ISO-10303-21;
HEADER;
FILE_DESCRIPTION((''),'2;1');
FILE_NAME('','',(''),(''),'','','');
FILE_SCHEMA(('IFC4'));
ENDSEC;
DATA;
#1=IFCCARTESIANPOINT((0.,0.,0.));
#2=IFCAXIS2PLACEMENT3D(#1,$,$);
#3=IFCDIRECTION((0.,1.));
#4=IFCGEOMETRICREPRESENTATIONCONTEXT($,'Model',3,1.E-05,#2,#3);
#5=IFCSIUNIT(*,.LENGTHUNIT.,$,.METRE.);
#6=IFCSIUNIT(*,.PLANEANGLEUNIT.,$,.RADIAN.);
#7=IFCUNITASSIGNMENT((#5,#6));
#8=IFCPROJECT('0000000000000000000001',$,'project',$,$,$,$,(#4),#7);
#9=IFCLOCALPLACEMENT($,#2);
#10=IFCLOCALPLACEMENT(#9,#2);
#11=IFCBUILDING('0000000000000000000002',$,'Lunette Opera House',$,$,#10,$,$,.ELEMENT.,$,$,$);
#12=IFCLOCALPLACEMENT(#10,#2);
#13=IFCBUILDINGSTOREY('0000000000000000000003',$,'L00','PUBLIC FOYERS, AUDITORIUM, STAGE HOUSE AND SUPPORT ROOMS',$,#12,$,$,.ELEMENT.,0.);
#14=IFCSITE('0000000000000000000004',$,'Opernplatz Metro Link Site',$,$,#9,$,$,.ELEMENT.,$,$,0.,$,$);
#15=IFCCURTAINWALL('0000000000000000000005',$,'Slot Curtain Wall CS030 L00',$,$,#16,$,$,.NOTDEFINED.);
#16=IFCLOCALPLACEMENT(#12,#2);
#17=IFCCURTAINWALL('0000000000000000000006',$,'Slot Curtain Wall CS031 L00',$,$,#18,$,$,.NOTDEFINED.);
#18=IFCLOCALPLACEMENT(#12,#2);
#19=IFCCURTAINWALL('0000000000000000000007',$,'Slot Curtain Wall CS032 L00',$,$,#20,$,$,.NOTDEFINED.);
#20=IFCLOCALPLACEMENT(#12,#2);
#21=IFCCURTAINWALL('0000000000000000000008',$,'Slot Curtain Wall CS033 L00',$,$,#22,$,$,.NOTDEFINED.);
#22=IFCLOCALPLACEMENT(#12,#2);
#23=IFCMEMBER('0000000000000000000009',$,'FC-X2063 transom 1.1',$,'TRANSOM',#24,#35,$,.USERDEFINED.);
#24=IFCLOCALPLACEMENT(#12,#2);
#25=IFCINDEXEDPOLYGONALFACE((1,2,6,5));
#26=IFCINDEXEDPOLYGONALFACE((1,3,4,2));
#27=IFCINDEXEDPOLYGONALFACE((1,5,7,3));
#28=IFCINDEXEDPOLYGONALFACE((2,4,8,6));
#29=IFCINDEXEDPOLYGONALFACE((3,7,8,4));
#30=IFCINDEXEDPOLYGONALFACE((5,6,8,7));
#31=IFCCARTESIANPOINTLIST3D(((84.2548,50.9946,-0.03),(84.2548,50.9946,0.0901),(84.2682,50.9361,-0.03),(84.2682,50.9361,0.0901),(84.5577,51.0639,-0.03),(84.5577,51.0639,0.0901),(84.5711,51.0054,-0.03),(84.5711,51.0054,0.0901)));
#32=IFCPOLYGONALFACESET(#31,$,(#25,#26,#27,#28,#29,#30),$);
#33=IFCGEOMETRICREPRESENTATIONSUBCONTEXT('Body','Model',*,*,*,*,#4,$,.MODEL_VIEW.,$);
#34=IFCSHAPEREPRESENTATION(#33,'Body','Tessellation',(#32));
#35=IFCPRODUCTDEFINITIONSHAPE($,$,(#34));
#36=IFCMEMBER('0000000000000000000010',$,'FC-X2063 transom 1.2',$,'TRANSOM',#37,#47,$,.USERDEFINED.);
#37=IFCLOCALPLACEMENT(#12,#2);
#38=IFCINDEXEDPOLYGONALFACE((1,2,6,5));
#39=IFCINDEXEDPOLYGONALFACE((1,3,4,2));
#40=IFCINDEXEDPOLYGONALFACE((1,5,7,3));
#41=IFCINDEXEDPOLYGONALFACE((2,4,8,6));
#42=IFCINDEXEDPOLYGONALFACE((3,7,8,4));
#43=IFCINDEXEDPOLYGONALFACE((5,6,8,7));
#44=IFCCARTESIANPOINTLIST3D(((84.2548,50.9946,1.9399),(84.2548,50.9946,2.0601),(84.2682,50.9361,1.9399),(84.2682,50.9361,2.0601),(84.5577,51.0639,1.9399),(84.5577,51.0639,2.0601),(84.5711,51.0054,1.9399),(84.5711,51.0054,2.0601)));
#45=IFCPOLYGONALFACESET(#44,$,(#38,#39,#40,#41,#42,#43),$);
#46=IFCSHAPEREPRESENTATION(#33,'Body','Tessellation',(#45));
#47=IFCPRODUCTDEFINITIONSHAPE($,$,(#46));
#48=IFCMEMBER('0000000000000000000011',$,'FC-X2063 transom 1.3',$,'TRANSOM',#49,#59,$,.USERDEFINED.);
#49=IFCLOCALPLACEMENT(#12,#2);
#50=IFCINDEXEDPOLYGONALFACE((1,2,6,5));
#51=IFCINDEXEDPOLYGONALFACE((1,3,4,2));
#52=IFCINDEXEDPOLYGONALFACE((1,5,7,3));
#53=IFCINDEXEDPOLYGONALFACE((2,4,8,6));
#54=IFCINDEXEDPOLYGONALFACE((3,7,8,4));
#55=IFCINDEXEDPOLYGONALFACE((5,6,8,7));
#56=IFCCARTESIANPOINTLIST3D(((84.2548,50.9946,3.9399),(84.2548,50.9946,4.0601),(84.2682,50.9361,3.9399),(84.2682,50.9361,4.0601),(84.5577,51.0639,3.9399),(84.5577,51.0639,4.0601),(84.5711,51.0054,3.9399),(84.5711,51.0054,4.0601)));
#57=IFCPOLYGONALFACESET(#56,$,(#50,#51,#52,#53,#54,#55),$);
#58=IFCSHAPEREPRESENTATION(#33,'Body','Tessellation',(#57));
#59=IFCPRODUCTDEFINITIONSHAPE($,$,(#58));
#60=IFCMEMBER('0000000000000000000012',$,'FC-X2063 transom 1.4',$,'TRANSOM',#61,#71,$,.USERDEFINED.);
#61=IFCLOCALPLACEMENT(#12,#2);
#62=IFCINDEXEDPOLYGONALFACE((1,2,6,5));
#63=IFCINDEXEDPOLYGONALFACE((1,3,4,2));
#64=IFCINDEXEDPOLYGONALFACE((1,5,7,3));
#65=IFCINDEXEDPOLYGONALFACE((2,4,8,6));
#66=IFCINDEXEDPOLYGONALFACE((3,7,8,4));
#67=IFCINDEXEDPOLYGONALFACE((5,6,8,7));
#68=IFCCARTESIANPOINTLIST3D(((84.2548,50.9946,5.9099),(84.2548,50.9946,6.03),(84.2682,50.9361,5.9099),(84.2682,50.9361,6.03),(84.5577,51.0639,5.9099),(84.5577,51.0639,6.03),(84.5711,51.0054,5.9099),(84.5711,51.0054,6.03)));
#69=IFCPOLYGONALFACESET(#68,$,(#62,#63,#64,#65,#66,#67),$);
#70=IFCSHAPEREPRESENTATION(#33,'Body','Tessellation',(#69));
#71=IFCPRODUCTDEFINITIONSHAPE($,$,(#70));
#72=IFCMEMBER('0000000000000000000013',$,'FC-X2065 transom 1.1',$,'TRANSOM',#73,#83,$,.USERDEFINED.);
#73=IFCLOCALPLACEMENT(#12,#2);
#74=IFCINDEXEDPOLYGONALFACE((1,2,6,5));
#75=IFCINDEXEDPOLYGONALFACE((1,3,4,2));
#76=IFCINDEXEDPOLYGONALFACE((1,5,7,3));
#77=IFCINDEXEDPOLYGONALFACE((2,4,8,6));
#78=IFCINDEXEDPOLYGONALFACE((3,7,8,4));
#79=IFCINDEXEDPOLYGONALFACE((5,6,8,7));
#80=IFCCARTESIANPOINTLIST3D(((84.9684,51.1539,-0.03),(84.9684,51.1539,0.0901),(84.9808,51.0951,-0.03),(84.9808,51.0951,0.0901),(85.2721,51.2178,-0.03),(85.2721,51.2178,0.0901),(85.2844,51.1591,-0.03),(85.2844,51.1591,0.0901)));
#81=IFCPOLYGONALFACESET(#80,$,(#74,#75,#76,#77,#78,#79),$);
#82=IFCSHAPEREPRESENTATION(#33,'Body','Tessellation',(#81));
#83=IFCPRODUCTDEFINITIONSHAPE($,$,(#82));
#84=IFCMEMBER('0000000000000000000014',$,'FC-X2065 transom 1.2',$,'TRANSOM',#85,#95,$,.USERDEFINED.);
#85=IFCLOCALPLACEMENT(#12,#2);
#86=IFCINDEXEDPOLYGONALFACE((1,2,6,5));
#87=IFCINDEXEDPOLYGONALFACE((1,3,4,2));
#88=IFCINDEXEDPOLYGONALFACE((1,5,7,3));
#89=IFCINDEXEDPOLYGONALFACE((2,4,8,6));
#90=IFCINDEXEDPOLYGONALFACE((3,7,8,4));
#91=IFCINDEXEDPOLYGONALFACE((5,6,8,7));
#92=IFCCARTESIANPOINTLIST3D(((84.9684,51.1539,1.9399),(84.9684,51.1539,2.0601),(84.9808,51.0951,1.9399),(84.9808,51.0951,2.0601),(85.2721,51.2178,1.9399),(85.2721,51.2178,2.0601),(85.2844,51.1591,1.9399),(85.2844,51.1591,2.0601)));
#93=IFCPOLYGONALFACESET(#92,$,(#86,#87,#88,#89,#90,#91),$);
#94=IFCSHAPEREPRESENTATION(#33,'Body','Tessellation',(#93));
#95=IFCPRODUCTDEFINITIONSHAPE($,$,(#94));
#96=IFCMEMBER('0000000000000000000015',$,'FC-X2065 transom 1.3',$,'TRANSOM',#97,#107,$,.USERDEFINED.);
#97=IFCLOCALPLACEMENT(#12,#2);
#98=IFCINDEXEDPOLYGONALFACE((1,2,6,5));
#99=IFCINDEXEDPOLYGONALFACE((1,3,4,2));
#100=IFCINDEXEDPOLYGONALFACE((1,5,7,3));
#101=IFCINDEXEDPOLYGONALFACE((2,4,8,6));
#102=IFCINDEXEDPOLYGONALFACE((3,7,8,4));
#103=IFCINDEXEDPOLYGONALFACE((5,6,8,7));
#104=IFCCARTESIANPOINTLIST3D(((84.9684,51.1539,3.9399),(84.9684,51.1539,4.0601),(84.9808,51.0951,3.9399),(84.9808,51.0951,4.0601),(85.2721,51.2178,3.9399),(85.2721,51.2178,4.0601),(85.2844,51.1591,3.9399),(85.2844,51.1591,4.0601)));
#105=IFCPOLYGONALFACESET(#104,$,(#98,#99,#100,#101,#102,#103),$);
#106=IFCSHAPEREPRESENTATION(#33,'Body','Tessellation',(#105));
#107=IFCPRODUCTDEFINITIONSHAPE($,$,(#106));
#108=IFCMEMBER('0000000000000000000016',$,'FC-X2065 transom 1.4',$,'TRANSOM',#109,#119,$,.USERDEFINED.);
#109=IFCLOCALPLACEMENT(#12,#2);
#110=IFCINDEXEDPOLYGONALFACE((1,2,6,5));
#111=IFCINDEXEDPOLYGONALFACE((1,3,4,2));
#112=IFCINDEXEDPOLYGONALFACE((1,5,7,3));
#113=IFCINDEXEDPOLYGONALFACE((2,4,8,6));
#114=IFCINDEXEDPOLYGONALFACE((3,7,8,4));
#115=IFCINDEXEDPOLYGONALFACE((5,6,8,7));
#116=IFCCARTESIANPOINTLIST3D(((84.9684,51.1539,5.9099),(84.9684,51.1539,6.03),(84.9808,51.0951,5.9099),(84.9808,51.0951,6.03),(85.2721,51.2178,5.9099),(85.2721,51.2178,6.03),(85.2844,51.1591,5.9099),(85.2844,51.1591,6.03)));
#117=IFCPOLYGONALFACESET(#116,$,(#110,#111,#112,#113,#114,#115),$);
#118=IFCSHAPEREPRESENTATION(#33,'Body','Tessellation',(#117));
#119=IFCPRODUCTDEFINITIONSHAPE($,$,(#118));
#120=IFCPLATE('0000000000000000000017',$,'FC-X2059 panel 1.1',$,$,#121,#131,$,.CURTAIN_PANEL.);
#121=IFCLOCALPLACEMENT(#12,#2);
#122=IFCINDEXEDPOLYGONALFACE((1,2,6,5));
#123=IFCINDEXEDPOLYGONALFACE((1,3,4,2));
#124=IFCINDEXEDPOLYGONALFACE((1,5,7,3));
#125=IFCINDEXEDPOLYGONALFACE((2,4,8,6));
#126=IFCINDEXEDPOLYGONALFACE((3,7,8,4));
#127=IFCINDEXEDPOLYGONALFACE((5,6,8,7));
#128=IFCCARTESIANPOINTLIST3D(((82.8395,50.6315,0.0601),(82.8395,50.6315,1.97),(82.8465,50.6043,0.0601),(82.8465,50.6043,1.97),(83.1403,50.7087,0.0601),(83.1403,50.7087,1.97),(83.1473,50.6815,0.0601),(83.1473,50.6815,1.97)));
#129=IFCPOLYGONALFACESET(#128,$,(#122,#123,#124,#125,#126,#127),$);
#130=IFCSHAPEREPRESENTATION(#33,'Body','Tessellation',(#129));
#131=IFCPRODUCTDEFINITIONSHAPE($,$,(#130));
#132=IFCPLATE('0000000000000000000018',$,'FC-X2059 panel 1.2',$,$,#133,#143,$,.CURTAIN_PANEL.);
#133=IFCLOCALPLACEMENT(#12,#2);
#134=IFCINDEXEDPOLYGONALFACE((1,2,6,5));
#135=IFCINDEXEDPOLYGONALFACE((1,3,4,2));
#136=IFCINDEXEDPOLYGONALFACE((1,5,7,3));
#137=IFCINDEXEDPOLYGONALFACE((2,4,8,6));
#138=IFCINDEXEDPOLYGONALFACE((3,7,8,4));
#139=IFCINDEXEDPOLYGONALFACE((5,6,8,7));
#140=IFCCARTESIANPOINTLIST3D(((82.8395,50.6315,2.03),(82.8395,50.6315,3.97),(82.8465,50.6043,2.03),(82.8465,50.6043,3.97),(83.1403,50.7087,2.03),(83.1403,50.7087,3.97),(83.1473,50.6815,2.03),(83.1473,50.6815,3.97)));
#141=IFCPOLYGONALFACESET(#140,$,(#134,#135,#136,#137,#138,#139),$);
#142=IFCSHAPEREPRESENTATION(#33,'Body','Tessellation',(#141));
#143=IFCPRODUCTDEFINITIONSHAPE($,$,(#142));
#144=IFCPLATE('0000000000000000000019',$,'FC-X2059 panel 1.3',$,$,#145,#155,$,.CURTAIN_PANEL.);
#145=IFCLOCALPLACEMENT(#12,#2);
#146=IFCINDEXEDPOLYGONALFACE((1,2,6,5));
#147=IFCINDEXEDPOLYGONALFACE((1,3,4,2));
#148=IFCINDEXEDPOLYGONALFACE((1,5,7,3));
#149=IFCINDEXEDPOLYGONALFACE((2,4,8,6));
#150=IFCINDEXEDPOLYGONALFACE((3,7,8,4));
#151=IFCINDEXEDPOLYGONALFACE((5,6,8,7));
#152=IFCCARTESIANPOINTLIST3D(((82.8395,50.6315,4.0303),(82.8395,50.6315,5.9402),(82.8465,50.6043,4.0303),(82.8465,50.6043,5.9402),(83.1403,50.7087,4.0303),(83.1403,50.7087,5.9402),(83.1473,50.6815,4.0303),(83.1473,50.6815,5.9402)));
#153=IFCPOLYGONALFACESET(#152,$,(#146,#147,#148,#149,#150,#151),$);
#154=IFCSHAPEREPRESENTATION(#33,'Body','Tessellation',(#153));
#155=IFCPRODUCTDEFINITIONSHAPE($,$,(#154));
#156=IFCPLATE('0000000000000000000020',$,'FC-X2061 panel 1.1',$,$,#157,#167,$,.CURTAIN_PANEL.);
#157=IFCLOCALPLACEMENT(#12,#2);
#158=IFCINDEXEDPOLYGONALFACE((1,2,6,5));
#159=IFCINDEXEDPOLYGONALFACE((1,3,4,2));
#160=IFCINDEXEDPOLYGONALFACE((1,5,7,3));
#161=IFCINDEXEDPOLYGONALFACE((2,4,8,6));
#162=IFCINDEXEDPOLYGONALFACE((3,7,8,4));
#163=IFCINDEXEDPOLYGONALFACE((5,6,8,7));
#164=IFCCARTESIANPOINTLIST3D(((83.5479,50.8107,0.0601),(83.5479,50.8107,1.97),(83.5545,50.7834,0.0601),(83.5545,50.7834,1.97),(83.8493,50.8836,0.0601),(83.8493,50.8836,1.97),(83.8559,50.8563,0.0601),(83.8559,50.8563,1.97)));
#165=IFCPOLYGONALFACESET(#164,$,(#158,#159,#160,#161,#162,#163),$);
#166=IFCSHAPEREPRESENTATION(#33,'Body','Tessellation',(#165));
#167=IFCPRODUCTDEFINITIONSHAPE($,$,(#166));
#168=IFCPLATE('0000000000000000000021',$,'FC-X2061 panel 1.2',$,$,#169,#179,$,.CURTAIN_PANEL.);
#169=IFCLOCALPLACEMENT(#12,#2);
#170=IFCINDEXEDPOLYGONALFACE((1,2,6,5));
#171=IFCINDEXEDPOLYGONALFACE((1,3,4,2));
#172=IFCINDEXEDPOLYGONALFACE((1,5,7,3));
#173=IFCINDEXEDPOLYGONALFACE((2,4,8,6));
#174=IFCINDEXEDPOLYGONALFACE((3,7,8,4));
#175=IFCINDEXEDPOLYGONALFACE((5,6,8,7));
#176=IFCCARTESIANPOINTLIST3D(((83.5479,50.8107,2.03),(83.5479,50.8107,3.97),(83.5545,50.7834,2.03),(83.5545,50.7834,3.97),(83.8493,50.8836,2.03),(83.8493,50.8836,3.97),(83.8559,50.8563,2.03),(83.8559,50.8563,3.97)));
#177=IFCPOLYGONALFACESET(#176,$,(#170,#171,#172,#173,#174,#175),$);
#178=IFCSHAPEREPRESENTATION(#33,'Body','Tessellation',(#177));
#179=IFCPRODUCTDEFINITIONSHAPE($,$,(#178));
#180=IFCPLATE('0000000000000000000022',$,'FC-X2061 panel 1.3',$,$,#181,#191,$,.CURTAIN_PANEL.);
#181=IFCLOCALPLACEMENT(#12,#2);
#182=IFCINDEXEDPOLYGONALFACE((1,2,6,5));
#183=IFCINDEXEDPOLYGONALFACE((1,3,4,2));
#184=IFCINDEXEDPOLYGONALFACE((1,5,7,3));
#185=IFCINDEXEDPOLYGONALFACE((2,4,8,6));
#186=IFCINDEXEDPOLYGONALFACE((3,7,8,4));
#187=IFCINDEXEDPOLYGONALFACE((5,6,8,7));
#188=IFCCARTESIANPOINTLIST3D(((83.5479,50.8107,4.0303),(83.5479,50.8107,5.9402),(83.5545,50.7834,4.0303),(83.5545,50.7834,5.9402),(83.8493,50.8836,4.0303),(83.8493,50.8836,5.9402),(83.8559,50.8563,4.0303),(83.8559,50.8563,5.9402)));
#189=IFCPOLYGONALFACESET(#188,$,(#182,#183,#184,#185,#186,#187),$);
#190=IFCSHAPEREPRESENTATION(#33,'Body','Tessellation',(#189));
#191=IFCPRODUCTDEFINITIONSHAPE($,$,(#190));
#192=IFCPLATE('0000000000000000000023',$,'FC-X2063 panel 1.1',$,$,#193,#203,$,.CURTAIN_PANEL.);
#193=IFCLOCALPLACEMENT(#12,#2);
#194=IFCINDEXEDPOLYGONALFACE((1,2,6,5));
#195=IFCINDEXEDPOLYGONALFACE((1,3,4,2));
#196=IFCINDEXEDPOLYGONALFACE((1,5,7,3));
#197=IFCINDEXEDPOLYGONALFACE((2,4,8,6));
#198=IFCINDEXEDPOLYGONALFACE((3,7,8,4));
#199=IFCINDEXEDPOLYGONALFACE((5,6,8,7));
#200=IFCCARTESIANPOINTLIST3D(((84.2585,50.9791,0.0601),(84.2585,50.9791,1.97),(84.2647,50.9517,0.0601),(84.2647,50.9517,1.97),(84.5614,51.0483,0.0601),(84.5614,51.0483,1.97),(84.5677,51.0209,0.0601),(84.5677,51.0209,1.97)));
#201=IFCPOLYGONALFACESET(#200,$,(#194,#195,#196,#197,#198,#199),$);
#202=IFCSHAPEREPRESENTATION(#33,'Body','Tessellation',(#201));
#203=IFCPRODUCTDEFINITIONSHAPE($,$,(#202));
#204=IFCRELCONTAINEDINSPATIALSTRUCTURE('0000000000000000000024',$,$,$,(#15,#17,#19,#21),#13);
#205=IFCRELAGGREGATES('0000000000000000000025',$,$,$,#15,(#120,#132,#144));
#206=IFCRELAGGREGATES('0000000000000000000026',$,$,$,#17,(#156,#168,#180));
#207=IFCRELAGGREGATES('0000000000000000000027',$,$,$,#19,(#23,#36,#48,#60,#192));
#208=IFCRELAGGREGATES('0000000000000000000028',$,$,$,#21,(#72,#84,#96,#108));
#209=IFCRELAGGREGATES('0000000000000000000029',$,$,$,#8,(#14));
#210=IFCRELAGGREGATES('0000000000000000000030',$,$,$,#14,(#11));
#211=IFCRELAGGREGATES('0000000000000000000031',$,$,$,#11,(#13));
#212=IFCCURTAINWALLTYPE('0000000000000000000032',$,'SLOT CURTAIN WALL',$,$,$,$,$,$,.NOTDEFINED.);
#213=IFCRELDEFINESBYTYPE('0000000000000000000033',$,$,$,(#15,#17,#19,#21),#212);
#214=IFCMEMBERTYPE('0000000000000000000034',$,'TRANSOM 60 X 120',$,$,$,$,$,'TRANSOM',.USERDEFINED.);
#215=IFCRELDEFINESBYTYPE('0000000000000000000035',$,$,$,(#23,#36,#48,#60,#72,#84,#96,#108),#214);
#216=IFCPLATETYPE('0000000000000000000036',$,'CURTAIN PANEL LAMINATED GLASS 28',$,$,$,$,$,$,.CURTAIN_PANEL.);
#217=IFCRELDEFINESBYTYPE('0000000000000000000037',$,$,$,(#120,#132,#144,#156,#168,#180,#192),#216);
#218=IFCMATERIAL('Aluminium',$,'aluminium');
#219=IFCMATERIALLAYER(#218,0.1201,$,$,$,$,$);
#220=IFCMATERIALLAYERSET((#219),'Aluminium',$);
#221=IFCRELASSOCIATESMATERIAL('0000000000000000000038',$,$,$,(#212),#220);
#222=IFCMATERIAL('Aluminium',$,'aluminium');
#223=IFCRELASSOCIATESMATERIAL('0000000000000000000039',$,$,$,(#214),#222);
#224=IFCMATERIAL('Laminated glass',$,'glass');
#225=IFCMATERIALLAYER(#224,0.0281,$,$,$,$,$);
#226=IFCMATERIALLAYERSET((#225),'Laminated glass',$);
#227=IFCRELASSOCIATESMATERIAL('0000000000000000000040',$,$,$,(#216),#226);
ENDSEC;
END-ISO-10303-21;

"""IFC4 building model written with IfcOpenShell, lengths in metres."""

from ifc_helpers import new_model, si_unit, direction, frame, origin, origin_2d, place, context, subcontext, project, spatial, rectangle, extrude, material, layer, layer_set, material_profile, profile_set, type_object, element, aggregate, save


model = new_model("IFC4")

# Units and contexts
model_context = context("Model", 3, precision=1e-05, world=origin(), true_north=direction((0.0, 1.0)))
body_context = subcontext(model_context, "Body", "Model", "MODEL_VIEW")
ifc_project = project(units=[si_unit("LENGTHUNIT", "METRE"), si_unit("PLANEANGLEUNIT", "RADIAN")], contexts=[model_context])

# Site, building, storey
site_placement = place(None, origin())
site = spatial("IfcSite", under=ifc_project, at=site_placement, Name="Opernplatz Metro Link Site", CompositionType="ELEMENT", RefElevation=0.0)
building_placement = place(site_placement, origin())
building = spatial("IfcBuilding", under=site, at=building_placement, Name="Lunette Opera House", CompositionType="ELEMENT")
storey_placement = place(building_placement, origin())
storey = spatial("IfcBuildingStorey", under=building, at=storey_placement, Name="L00", Description="PUBLIC FOYERS, AUDITORIUM, STAGE HOUSE AND SUPPORT ROOMS", CompositionType="ELEMENT", Elevation=0.0)

# Curtain wall
ifc_material_1 = material(Name="Aluminium", Category="aluminium")
ifc_layer_1 = layer(ifc_material_1, 0.1201)
ifc_layer_set_1 = layer_set([ifc_layer_1], Name="Aluminium")
curtain_wall_type = type_object("IfcCurtainWallType", Name="SLOT CURTAIN WALL", PredefinedType="NOTDEFINED", material=ifc_layer_set_1)
curtain_wall_1_placement = place(storey_placement, origin())
curtain_wall_1 = element("IfcCurtainWall", 1, at=curtain_wall_1_placement, inside=storey, type_object=curtain_wall_type, Name="Slot Curtain Wall CS030 L00", PredefinedType="NOTDEFINED")

# Curtain walls
curtain_wall_2_placement = place(storey_placement, origin())
curtain_wall_2 = element("IfcCurtainWall", 2, at=curtain_wall_2_placement, inside=storey, type_object=curtain_wall_type, Name="Slot Curtain Wall CS031 L00", PredefinedType="NOTDEFINED")
curtain_wall_3_placement = place(storey_placement, origin())
curtain_wall_3 = element("IfcCurtainWall", 3, at=curtain_wall_3_placement, inside=storey, type_object=curtain_wall_type, Name="Slot Curtain Wall CS032 L00", PredefinedType="NOTDEFINED")

# Curtain wall
curtain_wall_4_placement = place(storey_placement, origin())
curtain_wall_4 = element("IfcCurtainWall", 4, at=curtain_wall_4_placement, inside=storey, type_object=curtain_wall_type, Name="Slot Curtain Wall CS033 L00", PredefinedType="NOTDEFINED")

# Members
ifc_material_2 = material(Name="Aluminium", Category="aluminium")
ifc_material_profile_1 = material_profile(ifc_material_2, rectangle(XDim=0.0601, YDim=0.1201, at=origin_2d()), Name="TRANSOM 60 X 120")
ifc_profile_set_1 = profile_set([ifc_material_profile_1], Name="Aluminium")
member_type_1 = type_object("IfcMemberType", Name="TRANSOM 60 X 120", ElementType="TRANSOM", PredefinedType="USERDEFINED", material=ifc_profile_set_1)
member_1_placement = place(storey_placement, frame((84.2615, 50.9653, 0.03), z_axis=(0.9748, 0.223081, 0.0), x_axis=(-0.223081, 0.9748, 0.0)))
member_1 = element("IfcMember", 5, at=member_1_placement, type_object=member_type_1, Name="FC-X2063 transom 1.1", ObjectType="TRANSOM", PredefinedType="USERDEFINED", context=body_context, shape_type="SweptSolid", body=[
    extrude(rectangle(XDim=0.0601, YDim=0.1201, at=origin_2d()), origin(), (0.0, 0.0, 1.0), 0.3108),
])
member_2_placement = place(storey_placement, frame((84.2615, 50.9653, 2.0), z_axis=(0.9748, 0.223081, 0.0), x_axis=(-0.223081, 0.9748, 0.0)))
member_2 = element("IfcMember", 6, at=member_2_placement, type_object=member_type_1, Name="FC-X2063 transom 1.2", ObjectType="TRANSOM", PredefinedType="USERDEFINED", context=body_context, shape_type="SweptSolid", body=[
    extrude(rectangle(XDim=0.0601, YDim=0.1201, at=origin_2d()), origin(), (0.0, 0.0, 1.0), 0.3108),
])
member_3_placement = place(storey_placement, frame((84.2615, 50.9653, 4.0), z_axis=(0.9748, 0.223081, 0.0), x_axis=(-0.223081, 0.9748, 0.0)))
member_3 = element("IfcMember", 7, at=member_3_placement, type_object=member_type_1, Name="FC-X2063 transom 1.3", ObjectType="TRANSOM", PredefinedType="USERDEFINED", context=body_context, shape_type="SweptSolid", body=[
    extrude(rectangle(XDim=0.0601, YDim=0.1201, at=origin_2d()), origin(), (0.0, 0.0, 1.0), 0.3108),
])
member_4_placement = place(storey_placement, frame((84.2615, 50.9653, 5.97), z_axis=(0.9748, 0.223081, 0.0), x_axis=(-0.223081, 0.9748, 0.0)))
member_4 = element("IfcMember", 8, at=member_4_placement, type_object=member_type_1, Name="FC-X2063 transom 1.4", ObjectType="TRANSOM", PredefinedType="USERDEFINED", context=body_context, shape_type="SweptSolid", body=[
    extrude(rectangle(XDim=0.0601, YDim=0.1201, at=origin_2d()), origin(), (0.0, 0.0, 1.0), 0.3108),
])
member_5_placement = place(storey_placement, frame((84.9746, 51.1245, 0.03), z_axis=(0.978533, 0.20609, 0.0), x_axis=(-0.20609, 0.978533, 0.0)))
member_5 = element("IfcMember", 9, at=member_5_placement, type_object=member_type_1, Name="FC-X2065 transom 1.1", ObjectType="TRANSOM", PredefinedType="USERDEFINED", context=body_context, shape_type="SweptSolid", body=[
    extrude(rectangle(XDim=0.0601, YDim=0.1201, at=origin_2d()), origin(), (0.0, 0.0, 1.0), 0.3103),
])
member_6_placement = place(storey_placement, frame((84.9746, 51.1245, 2.0), z_axis=(0.978533, 0.20609, 0.0), x_axis=(-0.20609, 0.978533, 0.0)))
member_6 = element("IfcMember", 10, at=member_6_placement, type_object=member_type_1, Name="FC-X2065 transom 1.2", ObjectType="TRANSOM", PredefinedType="USERDEFINED", context=body_context, shape_type="SweptSolid", body=[
    extrude(rectangle(XDim=0.0601, YDim=0.1201, at=origin_2d()), origin(), (0.0, 0.0, 1.0), 0.3103),
])
member_7_placement = place(storey_placement, frame((84.9746, 51.1245, 4.0), z_axis=(0.978533, 0.20609, 0.0), x_axis=(-0.20609, 0.978533, 0.0)))
member_7 = element("IfcMember", 11, at=member_7_placement, type_object=member_type_1, Name="FC-X2065 transom 1.3", ObjectType="TRANSOM", PredefinedType="USERDEFINED", context=body_context, shape_type="SweptSolid", body=[
    extrude(rectangle(XDim=0.0601, YDim=0.1201, at=origin_2d()), origin(), (0.0, 0.0, 1.0), 0.3103),
])
member_8_placement = place(storey_placement, frame((84.9746, 51.1245, 5.97), z_axis=(0.978533, 0.20609, 0.0), x_axis=(-0.20609, 0.978533, 0.0)))
member_8 = element("IfcMember", 12, at=member_8_placement, type_object=member_type_1, Name="FC-X2065 transom 1.4", ObjectType="TRANSOM", PredefinedType="USERDEFINED", context=body_context, shape_type="SweptSolid", body=[
    extrude(rectangle(XDim=0.0601, YDim=0.1201, at=origin_2d()), origin(), (0.0, 0.0, 1.0), 0.3103),
])

# Plates
ifc_material_3 = material(Name="Laminated glass", Category="glass")
ifc_layer_2 = layer(ifc_material_3, 0.0281)
ifc_layer_set_2 = layer_set([ifc_layer_2], Name="Laminated glass")
plate_type = type_object("IfcPlateType", Name="CURTAIN PANEL LAMINATED GLASS 28", PredefinedType="CURTAIN_PANEL", material=ifc_layer_set_2)
plate_1_placement = place(storey_placement, frame((82.9934, 50.6565, 0.0601), z_axis=(0.0, 0.0, 1.0), x_axis=(0.968621, 0.248543, 0.0)))
plate_1 = element("IfcPlate", 13, at=plate_1_placement, type_object=plate_type, Name="FC-X2059 panel 1.1", PredefinedType="CURTAIN_PANEL", context=body_context, shape_type="SweptSolid", body=[
    extrude(rectangle(XDim=0.3105, YDim=0.0281, at=origin_2d()), origin(), (0.0, 0.0, 1.0), 1.9099),
])
plate_2_placement = place(storey_placement, frame((82.9934, 50.6565, 2.03), z_axis=(0.0, 0.0, 1.0), x_axis=(0.968621, 0.248543, 0.0)))
plate_2 = element("IfcPlate", 14, at=plate_2_placement, type_object=plate_type, Name="FC-X2059 panel 1.2", PredefinedType="CURTAIN_PANEL", context=body_context, shape_type="SweptSolid", body=[
    extrude(rectangle(XDim=0.3105, YDim=0.0281, at=origin_2d()), origin(), (0.0, 0.0, 1.0), 1.9399),
])
plate_3_placement = place(storey_placement, frame((82.9934, 50.6565, 4.0303), z_axis=(0.0, 0.0, 1.0), x_axis=(0.968621, 0.248543, 0.0)))
plate_3 = element("IfcPlate", 15, at=plate_3_placement, type_object=plate_type, Name="FC-X2059 panel 1.3", PredefinedType="CURTAIN_PANEL", context=body_context, shape_type="SweptSolid", body=[
    extrude(rectangle(XDim=0.3105, YDim=0.0281, at=origin_2d()), origin(), (0.0, 0.0, 1.0), 1.9099),
])
aggregate(curtain_wall_1, [plate_1, plate_2, plate_3])
plate_4_placement = place(storey_placement, frame((83.7019, 50.8335, 0.0601), z_axis=(0.0, 0.0, 1.0), x_axis=(0.972027, 0.234868, 0.0)))
plate_4 = element("IfcPlate", 16, at=plate_4_placement, type_object=plate_type, Name="FC-X2061 panel 1.1", PredefinedType="CURTAIN_PANEL", context=body_context, shape_type="SweptSolid", body=[
    extrude(rectangle(XDim=0.3101, YDim=0.0281, at=origin_2d()), origin(), (0.0, 0.0, 1.0), 1.9099),
])
plate_5_placement = place(storey_placement, frame((83.7019, 50.8335, 2.03), z_axis=(0.0, 0.0, 1.0), x_axis=(0.972027, 0.234868, 0.0)))
plate_5 = element("IfcPlate", 17, at=plate_5_placement, type_object=plate_type, Name="FC-X2061 panel 1.2", PredefinedType="CURTAIN_PANEL", context=body_context, shape_type="SweptSolid", body=[
    extrude(rectangle(XDim=0.3101, YDim=0.0281, at=origin_2d()), origin(), (0.0, 0.0, 1.0), 1.9399),
])
plate_6_placement = place(storey_placement, frame((83.7019, 50.8335, 4.0303), z_axis=(0.0, 0.0, 1.0), x_axis=(0.972027, 0.234868, 0.0)))
plate_6 = element("IfcPlate", 18, at=plate_6_placement, type_object=plate_type, Name="FC-X2061 panel 1.3", PredefinedType="CURTAIN_PANEL", context=body_context, shape_type="SweptSolid", body=[
    extrude(rectangle(XDim=0.3101, YDim=0.0281, at=origin_2d()), origin(), (0.0, 0.0, 1.0), 1.9099),
])
aggregate(curtain_wall_2, [plate_4, plate_5, plate_6])
plate_7_placement = place(storey_placement, frame((84.4131, 51.0, 0.0601), z_axis=(0.0, 0.0, 1.0), x_axis=(0.974859, 0.222825, 0.0)))
plate_7 = element("IfcPlate", 19, at=plate_7_placement, type_object=plate_type, Name="FC-X2063 panel 1.1", PredefinedType="CURTAIN_PANEL", context=body_context, shape_type="SweptSolid", body=[
    extrude(rectangle(XDim=0.3108, YDim=0.0281, at=origin_2d()), origin(), (0.0, 0.0, 1.0), 1.9099),
])
aggregate(curtain_wall_3, [member_1, member_2, member_3, member_4, plate_7])
aggregate(curtain_wall_4, [member_5, member_6, member_7, member_8])

save(model, "model.ifc")
